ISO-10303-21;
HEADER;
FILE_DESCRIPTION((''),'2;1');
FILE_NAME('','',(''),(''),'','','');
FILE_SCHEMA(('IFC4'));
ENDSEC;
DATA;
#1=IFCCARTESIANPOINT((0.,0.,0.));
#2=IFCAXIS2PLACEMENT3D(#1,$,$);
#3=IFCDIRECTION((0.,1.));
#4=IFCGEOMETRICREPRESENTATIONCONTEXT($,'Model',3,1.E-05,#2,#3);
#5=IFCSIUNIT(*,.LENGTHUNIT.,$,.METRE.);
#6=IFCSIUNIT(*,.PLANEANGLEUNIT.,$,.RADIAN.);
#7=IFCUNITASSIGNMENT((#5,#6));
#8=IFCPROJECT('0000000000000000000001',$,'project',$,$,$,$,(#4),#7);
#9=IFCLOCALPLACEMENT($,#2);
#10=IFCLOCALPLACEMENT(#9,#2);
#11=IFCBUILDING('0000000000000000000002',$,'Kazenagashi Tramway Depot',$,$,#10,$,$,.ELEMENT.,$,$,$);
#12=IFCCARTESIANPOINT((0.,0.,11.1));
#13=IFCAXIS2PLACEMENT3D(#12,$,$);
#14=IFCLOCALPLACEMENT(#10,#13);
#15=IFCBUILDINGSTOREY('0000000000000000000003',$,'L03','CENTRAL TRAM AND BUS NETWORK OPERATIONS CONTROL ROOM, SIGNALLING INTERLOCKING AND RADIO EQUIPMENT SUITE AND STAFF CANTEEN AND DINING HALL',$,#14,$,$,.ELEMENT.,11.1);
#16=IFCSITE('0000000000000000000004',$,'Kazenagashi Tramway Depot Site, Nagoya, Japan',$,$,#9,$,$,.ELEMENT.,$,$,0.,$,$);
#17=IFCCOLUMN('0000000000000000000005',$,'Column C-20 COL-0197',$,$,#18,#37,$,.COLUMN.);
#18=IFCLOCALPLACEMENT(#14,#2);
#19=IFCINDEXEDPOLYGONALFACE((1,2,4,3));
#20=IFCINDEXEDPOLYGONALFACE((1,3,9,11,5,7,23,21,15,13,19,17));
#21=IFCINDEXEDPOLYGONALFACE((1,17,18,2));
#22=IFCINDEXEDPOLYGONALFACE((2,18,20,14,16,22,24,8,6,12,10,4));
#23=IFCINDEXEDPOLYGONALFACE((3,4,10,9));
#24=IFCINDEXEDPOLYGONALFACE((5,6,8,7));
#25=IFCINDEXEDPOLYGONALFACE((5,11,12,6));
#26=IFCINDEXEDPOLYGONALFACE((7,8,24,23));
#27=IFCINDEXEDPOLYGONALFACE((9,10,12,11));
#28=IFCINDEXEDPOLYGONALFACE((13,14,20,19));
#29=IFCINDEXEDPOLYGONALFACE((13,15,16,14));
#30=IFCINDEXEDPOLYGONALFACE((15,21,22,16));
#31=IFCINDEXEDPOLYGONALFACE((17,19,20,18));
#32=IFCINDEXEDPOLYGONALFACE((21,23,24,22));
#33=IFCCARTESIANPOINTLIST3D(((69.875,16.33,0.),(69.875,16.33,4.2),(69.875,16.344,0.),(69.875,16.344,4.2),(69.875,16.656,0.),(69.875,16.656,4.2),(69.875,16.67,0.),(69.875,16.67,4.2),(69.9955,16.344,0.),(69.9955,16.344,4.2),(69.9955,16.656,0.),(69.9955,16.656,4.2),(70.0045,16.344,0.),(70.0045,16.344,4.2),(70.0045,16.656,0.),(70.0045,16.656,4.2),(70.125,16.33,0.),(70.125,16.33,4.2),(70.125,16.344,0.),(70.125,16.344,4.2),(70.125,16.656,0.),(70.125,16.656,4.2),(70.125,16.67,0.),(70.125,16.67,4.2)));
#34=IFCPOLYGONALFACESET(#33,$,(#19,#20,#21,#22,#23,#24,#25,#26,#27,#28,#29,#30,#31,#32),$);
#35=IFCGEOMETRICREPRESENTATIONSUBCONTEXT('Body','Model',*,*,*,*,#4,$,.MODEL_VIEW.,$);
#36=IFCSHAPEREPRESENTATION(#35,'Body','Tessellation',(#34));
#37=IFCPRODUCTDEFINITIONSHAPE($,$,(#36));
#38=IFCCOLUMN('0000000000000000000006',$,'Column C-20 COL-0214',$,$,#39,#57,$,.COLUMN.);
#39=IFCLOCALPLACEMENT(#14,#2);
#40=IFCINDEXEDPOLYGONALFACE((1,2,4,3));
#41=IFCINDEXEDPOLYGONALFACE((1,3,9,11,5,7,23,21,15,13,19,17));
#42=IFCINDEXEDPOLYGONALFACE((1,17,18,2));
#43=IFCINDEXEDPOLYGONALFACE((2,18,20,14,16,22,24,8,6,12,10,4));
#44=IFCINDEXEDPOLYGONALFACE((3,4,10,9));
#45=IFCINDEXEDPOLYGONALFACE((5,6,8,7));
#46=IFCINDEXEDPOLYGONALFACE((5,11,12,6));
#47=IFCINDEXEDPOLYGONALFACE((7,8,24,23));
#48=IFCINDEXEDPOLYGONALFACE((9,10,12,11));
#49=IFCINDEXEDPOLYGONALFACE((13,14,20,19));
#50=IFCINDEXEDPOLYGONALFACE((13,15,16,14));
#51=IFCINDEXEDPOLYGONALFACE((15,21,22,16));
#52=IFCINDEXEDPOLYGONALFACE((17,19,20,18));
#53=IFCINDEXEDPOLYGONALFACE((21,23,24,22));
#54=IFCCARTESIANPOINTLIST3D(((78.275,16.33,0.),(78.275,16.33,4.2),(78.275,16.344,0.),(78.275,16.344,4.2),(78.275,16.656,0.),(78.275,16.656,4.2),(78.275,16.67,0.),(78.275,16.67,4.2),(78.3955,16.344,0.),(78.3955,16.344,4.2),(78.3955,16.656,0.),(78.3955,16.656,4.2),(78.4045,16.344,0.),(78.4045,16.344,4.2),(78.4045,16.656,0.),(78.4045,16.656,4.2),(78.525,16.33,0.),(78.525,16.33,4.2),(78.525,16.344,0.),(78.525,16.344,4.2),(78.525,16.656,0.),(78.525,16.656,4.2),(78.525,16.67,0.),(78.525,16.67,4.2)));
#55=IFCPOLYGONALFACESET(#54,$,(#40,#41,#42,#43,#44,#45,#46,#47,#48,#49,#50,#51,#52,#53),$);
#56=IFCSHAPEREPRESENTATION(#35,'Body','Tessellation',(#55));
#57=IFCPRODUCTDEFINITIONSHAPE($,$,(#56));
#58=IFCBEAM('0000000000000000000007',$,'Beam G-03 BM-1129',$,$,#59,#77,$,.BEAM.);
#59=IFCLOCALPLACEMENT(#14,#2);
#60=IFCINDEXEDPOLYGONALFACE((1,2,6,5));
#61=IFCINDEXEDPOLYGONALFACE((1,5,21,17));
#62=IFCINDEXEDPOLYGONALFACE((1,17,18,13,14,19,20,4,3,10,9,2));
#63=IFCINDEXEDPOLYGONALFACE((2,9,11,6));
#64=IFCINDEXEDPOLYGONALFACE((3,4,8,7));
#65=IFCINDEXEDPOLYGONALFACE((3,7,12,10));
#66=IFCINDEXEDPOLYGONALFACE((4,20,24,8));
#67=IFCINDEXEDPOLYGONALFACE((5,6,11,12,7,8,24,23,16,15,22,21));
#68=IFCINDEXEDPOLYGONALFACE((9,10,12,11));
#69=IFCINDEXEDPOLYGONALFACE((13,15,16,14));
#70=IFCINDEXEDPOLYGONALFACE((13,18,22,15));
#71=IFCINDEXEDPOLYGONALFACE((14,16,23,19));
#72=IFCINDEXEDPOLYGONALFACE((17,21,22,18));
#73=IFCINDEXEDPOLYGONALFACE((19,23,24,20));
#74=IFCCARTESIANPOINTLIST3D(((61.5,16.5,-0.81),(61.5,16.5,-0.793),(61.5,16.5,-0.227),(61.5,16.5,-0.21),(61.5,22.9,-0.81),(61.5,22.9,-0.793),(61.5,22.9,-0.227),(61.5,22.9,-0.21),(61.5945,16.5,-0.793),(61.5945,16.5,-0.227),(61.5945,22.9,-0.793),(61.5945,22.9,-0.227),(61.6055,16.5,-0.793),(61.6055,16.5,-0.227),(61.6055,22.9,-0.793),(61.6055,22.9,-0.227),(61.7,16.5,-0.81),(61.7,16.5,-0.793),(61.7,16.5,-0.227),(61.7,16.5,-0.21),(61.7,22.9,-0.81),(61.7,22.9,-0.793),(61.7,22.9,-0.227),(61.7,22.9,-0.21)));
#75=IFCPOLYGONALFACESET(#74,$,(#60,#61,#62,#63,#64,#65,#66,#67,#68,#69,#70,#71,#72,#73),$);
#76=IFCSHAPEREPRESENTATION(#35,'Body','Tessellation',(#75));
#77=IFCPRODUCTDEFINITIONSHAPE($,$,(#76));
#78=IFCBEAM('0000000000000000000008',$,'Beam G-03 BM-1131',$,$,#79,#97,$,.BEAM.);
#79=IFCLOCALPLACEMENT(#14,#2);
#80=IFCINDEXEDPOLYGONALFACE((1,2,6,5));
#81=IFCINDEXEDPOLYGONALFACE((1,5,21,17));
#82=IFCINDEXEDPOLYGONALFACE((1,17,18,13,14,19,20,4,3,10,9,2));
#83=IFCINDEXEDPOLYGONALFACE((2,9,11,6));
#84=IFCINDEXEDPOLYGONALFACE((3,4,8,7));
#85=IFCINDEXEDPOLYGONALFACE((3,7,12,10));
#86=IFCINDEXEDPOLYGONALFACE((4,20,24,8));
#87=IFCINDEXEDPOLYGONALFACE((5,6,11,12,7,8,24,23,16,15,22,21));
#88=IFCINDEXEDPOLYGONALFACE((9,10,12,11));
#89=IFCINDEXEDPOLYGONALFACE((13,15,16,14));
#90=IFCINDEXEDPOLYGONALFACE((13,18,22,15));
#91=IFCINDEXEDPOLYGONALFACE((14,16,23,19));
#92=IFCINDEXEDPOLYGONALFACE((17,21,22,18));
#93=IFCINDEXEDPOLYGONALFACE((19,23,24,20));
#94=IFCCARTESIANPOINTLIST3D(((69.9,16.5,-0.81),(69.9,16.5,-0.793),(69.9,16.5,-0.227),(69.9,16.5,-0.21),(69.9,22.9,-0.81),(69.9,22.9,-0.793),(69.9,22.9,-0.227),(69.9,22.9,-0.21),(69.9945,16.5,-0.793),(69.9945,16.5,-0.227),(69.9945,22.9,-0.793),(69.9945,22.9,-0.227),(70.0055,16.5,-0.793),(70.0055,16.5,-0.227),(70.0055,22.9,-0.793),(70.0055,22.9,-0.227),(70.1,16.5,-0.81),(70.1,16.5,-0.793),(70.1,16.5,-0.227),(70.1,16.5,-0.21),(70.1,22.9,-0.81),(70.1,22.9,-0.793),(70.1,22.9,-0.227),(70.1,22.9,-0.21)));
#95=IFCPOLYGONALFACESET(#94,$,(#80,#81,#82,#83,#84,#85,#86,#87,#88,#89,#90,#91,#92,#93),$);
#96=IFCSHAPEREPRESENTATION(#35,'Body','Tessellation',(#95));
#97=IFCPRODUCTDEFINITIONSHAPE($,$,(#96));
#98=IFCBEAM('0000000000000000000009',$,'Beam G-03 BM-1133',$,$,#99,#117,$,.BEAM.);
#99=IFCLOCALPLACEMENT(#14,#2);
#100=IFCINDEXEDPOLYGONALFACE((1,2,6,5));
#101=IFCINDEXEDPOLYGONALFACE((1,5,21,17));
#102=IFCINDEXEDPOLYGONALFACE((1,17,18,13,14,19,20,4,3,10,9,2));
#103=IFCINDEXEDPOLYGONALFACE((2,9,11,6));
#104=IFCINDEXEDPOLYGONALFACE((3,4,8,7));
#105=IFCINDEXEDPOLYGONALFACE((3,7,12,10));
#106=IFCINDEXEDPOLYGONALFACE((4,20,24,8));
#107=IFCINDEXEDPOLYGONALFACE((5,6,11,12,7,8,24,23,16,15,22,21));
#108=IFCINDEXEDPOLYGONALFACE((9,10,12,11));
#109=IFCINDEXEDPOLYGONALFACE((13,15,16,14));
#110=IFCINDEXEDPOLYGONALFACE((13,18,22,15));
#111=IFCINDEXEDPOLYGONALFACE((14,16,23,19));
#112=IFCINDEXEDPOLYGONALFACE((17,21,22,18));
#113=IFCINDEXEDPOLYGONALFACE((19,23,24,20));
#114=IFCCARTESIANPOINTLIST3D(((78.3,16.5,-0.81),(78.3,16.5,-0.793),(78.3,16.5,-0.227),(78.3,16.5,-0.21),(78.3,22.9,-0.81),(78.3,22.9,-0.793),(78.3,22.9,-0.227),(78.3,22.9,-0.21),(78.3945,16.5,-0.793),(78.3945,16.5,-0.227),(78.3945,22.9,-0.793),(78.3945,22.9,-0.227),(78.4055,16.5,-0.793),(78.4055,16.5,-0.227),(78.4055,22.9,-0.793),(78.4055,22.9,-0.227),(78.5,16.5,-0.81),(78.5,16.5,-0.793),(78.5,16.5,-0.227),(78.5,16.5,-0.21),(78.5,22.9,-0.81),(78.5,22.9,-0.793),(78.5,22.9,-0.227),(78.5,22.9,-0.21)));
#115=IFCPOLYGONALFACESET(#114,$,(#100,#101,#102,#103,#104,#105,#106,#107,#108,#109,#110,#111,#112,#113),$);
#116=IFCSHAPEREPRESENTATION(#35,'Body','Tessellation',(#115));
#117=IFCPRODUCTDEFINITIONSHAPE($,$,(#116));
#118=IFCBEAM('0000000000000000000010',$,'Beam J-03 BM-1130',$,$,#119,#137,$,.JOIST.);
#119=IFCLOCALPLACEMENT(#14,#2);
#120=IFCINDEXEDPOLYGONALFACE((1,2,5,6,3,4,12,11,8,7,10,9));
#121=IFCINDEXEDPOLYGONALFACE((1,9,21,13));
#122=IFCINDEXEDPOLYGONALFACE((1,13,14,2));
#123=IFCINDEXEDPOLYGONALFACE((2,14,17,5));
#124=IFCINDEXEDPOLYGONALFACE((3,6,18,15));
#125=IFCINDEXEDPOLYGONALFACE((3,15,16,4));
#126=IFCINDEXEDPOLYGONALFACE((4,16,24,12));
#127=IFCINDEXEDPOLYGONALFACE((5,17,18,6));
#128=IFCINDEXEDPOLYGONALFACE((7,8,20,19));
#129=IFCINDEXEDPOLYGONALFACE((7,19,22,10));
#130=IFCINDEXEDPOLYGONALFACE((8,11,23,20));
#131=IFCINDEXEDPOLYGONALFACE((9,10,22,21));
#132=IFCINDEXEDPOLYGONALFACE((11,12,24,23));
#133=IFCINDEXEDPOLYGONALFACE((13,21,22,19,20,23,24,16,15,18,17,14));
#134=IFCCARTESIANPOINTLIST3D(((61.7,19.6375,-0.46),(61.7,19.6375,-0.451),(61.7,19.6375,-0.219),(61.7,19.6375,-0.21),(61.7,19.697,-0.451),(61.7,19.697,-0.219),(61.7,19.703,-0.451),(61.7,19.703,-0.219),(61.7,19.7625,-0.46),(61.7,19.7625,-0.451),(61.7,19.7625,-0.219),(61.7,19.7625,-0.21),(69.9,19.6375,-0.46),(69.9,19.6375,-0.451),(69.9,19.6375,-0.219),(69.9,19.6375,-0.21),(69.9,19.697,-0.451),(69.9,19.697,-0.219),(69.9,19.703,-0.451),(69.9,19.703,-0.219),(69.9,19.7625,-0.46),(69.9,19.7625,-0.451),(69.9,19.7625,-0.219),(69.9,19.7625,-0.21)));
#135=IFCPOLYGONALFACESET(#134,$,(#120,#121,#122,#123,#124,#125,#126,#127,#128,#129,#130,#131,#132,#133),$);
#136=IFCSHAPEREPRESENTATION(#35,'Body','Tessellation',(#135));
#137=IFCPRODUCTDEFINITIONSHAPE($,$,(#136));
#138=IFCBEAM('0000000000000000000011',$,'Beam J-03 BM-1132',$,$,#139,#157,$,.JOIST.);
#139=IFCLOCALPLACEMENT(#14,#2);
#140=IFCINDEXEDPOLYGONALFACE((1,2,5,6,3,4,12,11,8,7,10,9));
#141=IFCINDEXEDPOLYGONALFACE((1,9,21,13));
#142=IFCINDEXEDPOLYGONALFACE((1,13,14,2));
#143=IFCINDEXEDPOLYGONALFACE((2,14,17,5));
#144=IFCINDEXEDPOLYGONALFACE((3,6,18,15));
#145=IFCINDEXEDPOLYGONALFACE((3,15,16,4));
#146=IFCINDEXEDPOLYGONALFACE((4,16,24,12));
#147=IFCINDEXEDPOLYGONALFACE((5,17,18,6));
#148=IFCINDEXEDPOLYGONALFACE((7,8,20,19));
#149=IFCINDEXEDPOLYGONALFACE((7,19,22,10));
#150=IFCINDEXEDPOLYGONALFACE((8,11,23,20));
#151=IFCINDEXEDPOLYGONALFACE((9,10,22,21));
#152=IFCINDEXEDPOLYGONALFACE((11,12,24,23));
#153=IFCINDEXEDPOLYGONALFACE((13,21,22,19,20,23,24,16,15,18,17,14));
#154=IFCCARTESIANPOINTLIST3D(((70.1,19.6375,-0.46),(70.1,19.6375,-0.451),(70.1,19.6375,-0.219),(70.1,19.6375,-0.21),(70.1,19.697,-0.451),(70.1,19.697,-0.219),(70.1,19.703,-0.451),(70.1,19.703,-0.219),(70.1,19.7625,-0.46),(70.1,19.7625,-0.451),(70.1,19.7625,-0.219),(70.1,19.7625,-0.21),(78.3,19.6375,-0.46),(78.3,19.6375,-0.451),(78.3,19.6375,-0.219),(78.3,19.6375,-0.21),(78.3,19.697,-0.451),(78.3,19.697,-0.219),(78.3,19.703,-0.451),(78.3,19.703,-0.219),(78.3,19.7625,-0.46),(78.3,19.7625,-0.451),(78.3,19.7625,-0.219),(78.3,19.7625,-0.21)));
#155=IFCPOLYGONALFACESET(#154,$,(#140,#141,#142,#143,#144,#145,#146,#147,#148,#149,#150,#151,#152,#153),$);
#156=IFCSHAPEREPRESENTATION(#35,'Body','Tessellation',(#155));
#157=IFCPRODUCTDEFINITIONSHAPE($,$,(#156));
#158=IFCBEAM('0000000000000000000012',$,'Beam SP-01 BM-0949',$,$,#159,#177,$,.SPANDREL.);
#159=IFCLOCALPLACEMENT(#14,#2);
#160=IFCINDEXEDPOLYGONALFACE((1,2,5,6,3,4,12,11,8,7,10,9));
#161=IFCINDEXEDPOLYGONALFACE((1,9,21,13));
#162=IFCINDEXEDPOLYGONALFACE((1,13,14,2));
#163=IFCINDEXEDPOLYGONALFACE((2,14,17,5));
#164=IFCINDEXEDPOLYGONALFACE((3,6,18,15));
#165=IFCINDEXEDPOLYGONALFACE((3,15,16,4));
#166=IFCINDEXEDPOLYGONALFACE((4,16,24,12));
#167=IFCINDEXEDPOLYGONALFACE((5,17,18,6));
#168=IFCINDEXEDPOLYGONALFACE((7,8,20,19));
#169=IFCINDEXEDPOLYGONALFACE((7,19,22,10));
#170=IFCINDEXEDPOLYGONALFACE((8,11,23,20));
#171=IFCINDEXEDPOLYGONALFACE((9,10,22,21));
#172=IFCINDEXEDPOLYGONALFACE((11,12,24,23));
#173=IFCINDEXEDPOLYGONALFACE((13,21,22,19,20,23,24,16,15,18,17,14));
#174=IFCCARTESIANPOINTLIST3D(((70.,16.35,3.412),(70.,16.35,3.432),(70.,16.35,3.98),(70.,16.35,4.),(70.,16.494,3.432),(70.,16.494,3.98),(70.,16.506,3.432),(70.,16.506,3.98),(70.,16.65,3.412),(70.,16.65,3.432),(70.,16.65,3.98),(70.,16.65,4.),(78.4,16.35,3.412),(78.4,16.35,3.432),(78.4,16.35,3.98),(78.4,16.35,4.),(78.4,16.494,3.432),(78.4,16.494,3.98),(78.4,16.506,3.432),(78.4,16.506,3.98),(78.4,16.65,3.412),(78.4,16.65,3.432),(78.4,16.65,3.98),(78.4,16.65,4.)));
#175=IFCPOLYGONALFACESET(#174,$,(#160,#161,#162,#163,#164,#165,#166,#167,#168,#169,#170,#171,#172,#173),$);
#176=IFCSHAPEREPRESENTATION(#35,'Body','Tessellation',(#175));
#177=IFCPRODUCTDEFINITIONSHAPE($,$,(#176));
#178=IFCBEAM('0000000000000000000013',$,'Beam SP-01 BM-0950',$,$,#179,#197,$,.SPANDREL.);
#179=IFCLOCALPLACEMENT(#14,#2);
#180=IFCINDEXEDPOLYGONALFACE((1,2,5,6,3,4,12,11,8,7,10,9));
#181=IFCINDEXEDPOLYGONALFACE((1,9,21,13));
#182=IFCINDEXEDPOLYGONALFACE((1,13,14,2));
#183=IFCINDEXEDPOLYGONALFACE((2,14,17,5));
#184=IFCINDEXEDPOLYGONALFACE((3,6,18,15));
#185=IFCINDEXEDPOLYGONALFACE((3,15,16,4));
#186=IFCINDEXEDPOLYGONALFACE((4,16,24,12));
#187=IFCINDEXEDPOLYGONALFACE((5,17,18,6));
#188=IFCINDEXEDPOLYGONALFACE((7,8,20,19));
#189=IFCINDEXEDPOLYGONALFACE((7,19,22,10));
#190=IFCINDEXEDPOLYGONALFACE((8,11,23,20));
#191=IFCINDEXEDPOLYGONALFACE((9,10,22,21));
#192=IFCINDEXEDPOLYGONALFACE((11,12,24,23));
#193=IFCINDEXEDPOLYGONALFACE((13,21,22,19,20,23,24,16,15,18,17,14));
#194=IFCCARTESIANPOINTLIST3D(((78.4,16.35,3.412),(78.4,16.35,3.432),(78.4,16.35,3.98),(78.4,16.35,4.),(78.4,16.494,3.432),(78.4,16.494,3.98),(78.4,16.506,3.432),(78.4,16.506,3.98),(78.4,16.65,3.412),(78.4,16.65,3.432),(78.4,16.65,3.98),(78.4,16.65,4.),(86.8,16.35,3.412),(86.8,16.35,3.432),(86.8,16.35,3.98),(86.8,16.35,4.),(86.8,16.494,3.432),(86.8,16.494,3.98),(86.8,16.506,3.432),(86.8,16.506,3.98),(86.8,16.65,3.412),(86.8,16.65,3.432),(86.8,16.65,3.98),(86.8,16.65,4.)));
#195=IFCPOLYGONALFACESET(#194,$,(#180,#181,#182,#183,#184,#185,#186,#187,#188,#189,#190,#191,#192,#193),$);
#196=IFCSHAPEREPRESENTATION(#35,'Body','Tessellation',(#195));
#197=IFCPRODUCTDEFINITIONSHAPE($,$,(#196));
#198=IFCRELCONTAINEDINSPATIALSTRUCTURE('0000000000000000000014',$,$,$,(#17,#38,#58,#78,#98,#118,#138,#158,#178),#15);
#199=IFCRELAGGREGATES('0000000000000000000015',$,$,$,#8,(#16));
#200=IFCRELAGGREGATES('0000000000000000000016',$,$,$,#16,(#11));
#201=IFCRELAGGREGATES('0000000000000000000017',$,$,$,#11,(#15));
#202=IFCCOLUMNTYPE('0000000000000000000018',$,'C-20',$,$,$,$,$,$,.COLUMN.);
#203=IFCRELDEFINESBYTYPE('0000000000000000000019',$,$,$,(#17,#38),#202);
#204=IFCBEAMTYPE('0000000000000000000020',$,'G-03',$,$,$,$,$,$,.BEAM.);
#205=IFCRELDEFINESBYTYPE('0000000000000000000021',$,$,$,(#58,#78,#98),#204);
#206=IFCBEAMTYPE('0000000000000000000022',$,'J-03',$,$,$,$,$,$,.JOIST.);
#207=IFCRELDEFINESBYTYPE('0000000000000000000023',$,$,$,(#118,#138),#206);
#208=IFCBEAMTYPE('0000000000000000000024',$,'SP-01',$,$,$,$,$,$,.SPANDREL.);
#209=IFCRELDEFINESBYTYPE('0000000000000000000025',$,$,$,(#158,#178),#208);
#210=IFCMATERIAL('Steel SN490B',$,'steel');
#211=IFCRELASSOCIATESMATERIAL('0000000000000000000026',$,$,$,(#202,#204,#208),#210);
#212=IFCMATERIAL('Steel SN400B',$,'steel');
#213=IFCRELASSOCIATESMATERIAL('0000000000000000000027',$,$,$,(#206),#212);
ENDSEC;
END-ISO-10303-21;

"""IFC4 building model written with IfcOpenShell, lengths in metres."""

from ifc_helpers import new_model, si_unit, direction, frame, origin, origin_2d, place, context, subcontext, project, spatial, i_section, extrude, material, material_profile, profile_set, type_object, element, save


model = new_model("IFC4")

# Units and contexts
model_context = context("Model", 3, precision=1e-05, world=origin(), true_north=direction((0.0, 1.0)))
body_context = subcontext(model_context, "Body", "Model", "MODEL_VIEW")
ifc_project = project(units=[si_unit("LENGTHUNIT", "METRE"), si_unit("PLANEANGLEUNIT", "RADIAN")], contexts=[model_context])

# Site, building, storey
site_placement = place(None, origin())
site = spatial("IfcSite", under=ifc_project, at=site_placement, Name="Kazenagashi Tramway Depot Site, Nagoya, Japan", CompositionType="ELEMENT", RefElevation=0.0)
building_placement = place(site_placement, origin())
building = spatial("IfcBuilding", under=site, at=building_placement, Name="Kazenagashi Tramway Depot", CompositionType="ELEMENT")
storey_placement = place(building_placement, frame((0.0, 0.0, 11.1)))
storey = spatial("IfcBuildingStorey", under=building, at=storey_placement, Name="L03", Description="CENTRAL TRAM AND BUS NETWORK OPERATIONS CONTROL ROOM, SIGNALLING INTERLOCKING AND RADIO EQUIPMENT SUITE AND STAFF CANTEEN AND DINING HALL", CompositionType="ELEMENT", Elevation=11.1)

# Columns
ifc_material_1 = material(Name="Steel SN490B", Category="steel")
ifc_material_profile_1 = material_profile(ifc_material_1, i_section(OverallWidth=0.25, OverallDepth=0.34, WebThickness=0.009, FlangeThickness=0.014, at=origin_2d()), Name="H-340x250x9x14")
ifc_profile_set_1 = profile_set([ifc_material_profile_1], Name="Steel SN490B")
column_type = type_object("IfcColumnType", Name="C-20", PredefinedType="COLUMN", material=ifc_profile_set_1)
for number, where, z_axis, x_axis, name in (
    (1, (70.0, 16.5, 0.0), (0.0, 0.0, 1.0), (1.0, 0.0, 0.0), "Column C-20 COL-0197"),
    (2, (78.4, 16.5, 0.0), (0.0, 0.0, 1.0), (1.0, 0.0, 0.0), "Column C-20 COL-0214"),
):
    element("IfcColumn", number, at=place(storey_placement, frame(where, z_axis=z_axis, x_axis=x_axis)), inside=storey, type_object=column_type, Name=name, PredefinedType="COLUMN", context=body_context, shape_type="SweptSolid", body=[
        extrude(i_section(OverallWidth=0.25, OverallDepth=0.34, WebThickness=0.009, FlangeThickness=0.014, at=origin_2d()), origin(), (0.0, 0.0, 1.0), 4.2),
    ])

# Beams
ifc_material_profile_2 = material_profile(ifc_material_1, i_section(OverallWidth=0.2, OverallDepth=0.6, WebThickness=0.011, FlangeThickness=0.017, at=origin_2d()), Name="H-600x200x11x17")
ifc_profile_set_2 = profile_set([ifc_material_profile_2], Name="Steel SN490B")
beam_type_1 = type_object("IfcBeamType", Name="G-03", PredefinedType="BEAM", material=ifc_profile_set_2)
for number, where, z_axis, x_axis, name in (
    (3, (61.6, 16.5, -0.51), (0.0, 1.0, 0.0), (-1.0, 0.0, 0.0), "Beam G-03 BM-1129"),
    (4, (70.0, 16.5, -0.51), (0.0, 1.0, 0.0), (-1.0, 0.0, 0.0), "Beam G-03 BM-1131"),
    (5, (78.4, 16.5, -0.51), (0.0, 1.0, 0.0), (-1.0, 0.0, 0.0), "Beam G-03 BM-1133"),
):
    element("IfcBeam", number, at=place(storey_placement, frame(where, z_axis=z_axis, x_axis=x_axis)), inside=storey, type_object=beam_type_1, Name=name, PredefinedType="BEAM", context=body_context, shape_type="SweptSolid", body=[
        extrude(i_section(OverallWidth=0.2, OverallDepth=0.6, WebThickness=0.011, FlangeThickness=0.017, at=origin_2d()), origin(), (0.0, 0.0, 1.0), 6.4),
    ])
ifc_material_2 = material(Name="Steel SN400B", Category="steel")
ifc_material_profile_3 = material_profile(ifc_material_2, i_section(OverallWidth=0.125, OverallDepth=0.25, WebThickness=0.006, FlangeThickness=0.009, at=origin_2d()), Name="H-250x125x6x9")
ifc_profile_set_3 = profile_set([ifc_material_profile_3], Name="Steel SN400B")
beam_type_2 = type_object("IfcBeamType", Name="J-03", PredefinedType="JOIST", material=ifc_profile_set_3)
for number, where, z_axis, x_axis, name in (
    (6, (61.7, 19.7, -0.335), (1.0, 0.0, 0.0), (0.0, 1.0, 0.0), "Beam J-03 BM-1130"),
    (7, (70.1, 19.7, -0.335), (1.0, 0.0, 0.0), (0.0, 1.0, 0.0), "Beam J-03 BM-1132"),
):
    element("IfcBeam", number, at=place(storey_placement, frame(where, z_axis=z_axis, x_axis=x_axis)), inside=storey, type_object=beam_type_2, Name=name, PredefinedType="JOIST", context=body_context, shape_type="SweptSolid", body=[
        extrude(i_section(OverallWidth=0.125, OverallDepth=0.25, WebThickness=0.006, FlangeThickness=0.009, at=origin_2d()), origin(), (0.0, 0.0, 1.0), 8.2),
    ])
ifc_material_profile_4 = material_profile(ifc_material_1, i_section(OverallWidth=0.3, OverallDepth=0.588, WebThickness=0.012, FlangeThickness=0.02, at=origin_2d()), Name="H-588x300x12x20")
ifc_profile_set_4 = profile_set([ifc_material_profile_4], Name="Steel SN490B")
beam_type_3 = type_object("IfcBeamType", Name="SP-01", PredefinedType="SPANDREL", material=ifc_profile_set_4)
for number, where, z_axis, x_axis, name in (
    (8, (70.0, 16.5, 3.706), (1.0, 0.0, 0.0), (0.0, 1.0, 0.0), "Beam SP-01 BM-0949"),
    (9, (78.4, 16.5, 3.706), (1.0, 0.0, 0.0), (0.0, 1.0, 0.0), "Beam SP-01 BM-0950"),
):
    element("IfcBeam", number, at=place(storey_placement, frame(where, z_axis=z_axis, x_axis=x_axis)), inside=storey, type_object=beam_type_3, Name=name, PredefinedType="SPANDREL", context=body_context, shape_type="SweptSolid", body=[
        extrude(i_section(OverallWidth=0.3, OverallDepth=0.588, WebThickness=0.012, FlangeThickness=0.02, at=origin_2d()), origin(), (0.0, 0.0, 1.0), 8.4),
    ])

save(model, "model.ifc")
